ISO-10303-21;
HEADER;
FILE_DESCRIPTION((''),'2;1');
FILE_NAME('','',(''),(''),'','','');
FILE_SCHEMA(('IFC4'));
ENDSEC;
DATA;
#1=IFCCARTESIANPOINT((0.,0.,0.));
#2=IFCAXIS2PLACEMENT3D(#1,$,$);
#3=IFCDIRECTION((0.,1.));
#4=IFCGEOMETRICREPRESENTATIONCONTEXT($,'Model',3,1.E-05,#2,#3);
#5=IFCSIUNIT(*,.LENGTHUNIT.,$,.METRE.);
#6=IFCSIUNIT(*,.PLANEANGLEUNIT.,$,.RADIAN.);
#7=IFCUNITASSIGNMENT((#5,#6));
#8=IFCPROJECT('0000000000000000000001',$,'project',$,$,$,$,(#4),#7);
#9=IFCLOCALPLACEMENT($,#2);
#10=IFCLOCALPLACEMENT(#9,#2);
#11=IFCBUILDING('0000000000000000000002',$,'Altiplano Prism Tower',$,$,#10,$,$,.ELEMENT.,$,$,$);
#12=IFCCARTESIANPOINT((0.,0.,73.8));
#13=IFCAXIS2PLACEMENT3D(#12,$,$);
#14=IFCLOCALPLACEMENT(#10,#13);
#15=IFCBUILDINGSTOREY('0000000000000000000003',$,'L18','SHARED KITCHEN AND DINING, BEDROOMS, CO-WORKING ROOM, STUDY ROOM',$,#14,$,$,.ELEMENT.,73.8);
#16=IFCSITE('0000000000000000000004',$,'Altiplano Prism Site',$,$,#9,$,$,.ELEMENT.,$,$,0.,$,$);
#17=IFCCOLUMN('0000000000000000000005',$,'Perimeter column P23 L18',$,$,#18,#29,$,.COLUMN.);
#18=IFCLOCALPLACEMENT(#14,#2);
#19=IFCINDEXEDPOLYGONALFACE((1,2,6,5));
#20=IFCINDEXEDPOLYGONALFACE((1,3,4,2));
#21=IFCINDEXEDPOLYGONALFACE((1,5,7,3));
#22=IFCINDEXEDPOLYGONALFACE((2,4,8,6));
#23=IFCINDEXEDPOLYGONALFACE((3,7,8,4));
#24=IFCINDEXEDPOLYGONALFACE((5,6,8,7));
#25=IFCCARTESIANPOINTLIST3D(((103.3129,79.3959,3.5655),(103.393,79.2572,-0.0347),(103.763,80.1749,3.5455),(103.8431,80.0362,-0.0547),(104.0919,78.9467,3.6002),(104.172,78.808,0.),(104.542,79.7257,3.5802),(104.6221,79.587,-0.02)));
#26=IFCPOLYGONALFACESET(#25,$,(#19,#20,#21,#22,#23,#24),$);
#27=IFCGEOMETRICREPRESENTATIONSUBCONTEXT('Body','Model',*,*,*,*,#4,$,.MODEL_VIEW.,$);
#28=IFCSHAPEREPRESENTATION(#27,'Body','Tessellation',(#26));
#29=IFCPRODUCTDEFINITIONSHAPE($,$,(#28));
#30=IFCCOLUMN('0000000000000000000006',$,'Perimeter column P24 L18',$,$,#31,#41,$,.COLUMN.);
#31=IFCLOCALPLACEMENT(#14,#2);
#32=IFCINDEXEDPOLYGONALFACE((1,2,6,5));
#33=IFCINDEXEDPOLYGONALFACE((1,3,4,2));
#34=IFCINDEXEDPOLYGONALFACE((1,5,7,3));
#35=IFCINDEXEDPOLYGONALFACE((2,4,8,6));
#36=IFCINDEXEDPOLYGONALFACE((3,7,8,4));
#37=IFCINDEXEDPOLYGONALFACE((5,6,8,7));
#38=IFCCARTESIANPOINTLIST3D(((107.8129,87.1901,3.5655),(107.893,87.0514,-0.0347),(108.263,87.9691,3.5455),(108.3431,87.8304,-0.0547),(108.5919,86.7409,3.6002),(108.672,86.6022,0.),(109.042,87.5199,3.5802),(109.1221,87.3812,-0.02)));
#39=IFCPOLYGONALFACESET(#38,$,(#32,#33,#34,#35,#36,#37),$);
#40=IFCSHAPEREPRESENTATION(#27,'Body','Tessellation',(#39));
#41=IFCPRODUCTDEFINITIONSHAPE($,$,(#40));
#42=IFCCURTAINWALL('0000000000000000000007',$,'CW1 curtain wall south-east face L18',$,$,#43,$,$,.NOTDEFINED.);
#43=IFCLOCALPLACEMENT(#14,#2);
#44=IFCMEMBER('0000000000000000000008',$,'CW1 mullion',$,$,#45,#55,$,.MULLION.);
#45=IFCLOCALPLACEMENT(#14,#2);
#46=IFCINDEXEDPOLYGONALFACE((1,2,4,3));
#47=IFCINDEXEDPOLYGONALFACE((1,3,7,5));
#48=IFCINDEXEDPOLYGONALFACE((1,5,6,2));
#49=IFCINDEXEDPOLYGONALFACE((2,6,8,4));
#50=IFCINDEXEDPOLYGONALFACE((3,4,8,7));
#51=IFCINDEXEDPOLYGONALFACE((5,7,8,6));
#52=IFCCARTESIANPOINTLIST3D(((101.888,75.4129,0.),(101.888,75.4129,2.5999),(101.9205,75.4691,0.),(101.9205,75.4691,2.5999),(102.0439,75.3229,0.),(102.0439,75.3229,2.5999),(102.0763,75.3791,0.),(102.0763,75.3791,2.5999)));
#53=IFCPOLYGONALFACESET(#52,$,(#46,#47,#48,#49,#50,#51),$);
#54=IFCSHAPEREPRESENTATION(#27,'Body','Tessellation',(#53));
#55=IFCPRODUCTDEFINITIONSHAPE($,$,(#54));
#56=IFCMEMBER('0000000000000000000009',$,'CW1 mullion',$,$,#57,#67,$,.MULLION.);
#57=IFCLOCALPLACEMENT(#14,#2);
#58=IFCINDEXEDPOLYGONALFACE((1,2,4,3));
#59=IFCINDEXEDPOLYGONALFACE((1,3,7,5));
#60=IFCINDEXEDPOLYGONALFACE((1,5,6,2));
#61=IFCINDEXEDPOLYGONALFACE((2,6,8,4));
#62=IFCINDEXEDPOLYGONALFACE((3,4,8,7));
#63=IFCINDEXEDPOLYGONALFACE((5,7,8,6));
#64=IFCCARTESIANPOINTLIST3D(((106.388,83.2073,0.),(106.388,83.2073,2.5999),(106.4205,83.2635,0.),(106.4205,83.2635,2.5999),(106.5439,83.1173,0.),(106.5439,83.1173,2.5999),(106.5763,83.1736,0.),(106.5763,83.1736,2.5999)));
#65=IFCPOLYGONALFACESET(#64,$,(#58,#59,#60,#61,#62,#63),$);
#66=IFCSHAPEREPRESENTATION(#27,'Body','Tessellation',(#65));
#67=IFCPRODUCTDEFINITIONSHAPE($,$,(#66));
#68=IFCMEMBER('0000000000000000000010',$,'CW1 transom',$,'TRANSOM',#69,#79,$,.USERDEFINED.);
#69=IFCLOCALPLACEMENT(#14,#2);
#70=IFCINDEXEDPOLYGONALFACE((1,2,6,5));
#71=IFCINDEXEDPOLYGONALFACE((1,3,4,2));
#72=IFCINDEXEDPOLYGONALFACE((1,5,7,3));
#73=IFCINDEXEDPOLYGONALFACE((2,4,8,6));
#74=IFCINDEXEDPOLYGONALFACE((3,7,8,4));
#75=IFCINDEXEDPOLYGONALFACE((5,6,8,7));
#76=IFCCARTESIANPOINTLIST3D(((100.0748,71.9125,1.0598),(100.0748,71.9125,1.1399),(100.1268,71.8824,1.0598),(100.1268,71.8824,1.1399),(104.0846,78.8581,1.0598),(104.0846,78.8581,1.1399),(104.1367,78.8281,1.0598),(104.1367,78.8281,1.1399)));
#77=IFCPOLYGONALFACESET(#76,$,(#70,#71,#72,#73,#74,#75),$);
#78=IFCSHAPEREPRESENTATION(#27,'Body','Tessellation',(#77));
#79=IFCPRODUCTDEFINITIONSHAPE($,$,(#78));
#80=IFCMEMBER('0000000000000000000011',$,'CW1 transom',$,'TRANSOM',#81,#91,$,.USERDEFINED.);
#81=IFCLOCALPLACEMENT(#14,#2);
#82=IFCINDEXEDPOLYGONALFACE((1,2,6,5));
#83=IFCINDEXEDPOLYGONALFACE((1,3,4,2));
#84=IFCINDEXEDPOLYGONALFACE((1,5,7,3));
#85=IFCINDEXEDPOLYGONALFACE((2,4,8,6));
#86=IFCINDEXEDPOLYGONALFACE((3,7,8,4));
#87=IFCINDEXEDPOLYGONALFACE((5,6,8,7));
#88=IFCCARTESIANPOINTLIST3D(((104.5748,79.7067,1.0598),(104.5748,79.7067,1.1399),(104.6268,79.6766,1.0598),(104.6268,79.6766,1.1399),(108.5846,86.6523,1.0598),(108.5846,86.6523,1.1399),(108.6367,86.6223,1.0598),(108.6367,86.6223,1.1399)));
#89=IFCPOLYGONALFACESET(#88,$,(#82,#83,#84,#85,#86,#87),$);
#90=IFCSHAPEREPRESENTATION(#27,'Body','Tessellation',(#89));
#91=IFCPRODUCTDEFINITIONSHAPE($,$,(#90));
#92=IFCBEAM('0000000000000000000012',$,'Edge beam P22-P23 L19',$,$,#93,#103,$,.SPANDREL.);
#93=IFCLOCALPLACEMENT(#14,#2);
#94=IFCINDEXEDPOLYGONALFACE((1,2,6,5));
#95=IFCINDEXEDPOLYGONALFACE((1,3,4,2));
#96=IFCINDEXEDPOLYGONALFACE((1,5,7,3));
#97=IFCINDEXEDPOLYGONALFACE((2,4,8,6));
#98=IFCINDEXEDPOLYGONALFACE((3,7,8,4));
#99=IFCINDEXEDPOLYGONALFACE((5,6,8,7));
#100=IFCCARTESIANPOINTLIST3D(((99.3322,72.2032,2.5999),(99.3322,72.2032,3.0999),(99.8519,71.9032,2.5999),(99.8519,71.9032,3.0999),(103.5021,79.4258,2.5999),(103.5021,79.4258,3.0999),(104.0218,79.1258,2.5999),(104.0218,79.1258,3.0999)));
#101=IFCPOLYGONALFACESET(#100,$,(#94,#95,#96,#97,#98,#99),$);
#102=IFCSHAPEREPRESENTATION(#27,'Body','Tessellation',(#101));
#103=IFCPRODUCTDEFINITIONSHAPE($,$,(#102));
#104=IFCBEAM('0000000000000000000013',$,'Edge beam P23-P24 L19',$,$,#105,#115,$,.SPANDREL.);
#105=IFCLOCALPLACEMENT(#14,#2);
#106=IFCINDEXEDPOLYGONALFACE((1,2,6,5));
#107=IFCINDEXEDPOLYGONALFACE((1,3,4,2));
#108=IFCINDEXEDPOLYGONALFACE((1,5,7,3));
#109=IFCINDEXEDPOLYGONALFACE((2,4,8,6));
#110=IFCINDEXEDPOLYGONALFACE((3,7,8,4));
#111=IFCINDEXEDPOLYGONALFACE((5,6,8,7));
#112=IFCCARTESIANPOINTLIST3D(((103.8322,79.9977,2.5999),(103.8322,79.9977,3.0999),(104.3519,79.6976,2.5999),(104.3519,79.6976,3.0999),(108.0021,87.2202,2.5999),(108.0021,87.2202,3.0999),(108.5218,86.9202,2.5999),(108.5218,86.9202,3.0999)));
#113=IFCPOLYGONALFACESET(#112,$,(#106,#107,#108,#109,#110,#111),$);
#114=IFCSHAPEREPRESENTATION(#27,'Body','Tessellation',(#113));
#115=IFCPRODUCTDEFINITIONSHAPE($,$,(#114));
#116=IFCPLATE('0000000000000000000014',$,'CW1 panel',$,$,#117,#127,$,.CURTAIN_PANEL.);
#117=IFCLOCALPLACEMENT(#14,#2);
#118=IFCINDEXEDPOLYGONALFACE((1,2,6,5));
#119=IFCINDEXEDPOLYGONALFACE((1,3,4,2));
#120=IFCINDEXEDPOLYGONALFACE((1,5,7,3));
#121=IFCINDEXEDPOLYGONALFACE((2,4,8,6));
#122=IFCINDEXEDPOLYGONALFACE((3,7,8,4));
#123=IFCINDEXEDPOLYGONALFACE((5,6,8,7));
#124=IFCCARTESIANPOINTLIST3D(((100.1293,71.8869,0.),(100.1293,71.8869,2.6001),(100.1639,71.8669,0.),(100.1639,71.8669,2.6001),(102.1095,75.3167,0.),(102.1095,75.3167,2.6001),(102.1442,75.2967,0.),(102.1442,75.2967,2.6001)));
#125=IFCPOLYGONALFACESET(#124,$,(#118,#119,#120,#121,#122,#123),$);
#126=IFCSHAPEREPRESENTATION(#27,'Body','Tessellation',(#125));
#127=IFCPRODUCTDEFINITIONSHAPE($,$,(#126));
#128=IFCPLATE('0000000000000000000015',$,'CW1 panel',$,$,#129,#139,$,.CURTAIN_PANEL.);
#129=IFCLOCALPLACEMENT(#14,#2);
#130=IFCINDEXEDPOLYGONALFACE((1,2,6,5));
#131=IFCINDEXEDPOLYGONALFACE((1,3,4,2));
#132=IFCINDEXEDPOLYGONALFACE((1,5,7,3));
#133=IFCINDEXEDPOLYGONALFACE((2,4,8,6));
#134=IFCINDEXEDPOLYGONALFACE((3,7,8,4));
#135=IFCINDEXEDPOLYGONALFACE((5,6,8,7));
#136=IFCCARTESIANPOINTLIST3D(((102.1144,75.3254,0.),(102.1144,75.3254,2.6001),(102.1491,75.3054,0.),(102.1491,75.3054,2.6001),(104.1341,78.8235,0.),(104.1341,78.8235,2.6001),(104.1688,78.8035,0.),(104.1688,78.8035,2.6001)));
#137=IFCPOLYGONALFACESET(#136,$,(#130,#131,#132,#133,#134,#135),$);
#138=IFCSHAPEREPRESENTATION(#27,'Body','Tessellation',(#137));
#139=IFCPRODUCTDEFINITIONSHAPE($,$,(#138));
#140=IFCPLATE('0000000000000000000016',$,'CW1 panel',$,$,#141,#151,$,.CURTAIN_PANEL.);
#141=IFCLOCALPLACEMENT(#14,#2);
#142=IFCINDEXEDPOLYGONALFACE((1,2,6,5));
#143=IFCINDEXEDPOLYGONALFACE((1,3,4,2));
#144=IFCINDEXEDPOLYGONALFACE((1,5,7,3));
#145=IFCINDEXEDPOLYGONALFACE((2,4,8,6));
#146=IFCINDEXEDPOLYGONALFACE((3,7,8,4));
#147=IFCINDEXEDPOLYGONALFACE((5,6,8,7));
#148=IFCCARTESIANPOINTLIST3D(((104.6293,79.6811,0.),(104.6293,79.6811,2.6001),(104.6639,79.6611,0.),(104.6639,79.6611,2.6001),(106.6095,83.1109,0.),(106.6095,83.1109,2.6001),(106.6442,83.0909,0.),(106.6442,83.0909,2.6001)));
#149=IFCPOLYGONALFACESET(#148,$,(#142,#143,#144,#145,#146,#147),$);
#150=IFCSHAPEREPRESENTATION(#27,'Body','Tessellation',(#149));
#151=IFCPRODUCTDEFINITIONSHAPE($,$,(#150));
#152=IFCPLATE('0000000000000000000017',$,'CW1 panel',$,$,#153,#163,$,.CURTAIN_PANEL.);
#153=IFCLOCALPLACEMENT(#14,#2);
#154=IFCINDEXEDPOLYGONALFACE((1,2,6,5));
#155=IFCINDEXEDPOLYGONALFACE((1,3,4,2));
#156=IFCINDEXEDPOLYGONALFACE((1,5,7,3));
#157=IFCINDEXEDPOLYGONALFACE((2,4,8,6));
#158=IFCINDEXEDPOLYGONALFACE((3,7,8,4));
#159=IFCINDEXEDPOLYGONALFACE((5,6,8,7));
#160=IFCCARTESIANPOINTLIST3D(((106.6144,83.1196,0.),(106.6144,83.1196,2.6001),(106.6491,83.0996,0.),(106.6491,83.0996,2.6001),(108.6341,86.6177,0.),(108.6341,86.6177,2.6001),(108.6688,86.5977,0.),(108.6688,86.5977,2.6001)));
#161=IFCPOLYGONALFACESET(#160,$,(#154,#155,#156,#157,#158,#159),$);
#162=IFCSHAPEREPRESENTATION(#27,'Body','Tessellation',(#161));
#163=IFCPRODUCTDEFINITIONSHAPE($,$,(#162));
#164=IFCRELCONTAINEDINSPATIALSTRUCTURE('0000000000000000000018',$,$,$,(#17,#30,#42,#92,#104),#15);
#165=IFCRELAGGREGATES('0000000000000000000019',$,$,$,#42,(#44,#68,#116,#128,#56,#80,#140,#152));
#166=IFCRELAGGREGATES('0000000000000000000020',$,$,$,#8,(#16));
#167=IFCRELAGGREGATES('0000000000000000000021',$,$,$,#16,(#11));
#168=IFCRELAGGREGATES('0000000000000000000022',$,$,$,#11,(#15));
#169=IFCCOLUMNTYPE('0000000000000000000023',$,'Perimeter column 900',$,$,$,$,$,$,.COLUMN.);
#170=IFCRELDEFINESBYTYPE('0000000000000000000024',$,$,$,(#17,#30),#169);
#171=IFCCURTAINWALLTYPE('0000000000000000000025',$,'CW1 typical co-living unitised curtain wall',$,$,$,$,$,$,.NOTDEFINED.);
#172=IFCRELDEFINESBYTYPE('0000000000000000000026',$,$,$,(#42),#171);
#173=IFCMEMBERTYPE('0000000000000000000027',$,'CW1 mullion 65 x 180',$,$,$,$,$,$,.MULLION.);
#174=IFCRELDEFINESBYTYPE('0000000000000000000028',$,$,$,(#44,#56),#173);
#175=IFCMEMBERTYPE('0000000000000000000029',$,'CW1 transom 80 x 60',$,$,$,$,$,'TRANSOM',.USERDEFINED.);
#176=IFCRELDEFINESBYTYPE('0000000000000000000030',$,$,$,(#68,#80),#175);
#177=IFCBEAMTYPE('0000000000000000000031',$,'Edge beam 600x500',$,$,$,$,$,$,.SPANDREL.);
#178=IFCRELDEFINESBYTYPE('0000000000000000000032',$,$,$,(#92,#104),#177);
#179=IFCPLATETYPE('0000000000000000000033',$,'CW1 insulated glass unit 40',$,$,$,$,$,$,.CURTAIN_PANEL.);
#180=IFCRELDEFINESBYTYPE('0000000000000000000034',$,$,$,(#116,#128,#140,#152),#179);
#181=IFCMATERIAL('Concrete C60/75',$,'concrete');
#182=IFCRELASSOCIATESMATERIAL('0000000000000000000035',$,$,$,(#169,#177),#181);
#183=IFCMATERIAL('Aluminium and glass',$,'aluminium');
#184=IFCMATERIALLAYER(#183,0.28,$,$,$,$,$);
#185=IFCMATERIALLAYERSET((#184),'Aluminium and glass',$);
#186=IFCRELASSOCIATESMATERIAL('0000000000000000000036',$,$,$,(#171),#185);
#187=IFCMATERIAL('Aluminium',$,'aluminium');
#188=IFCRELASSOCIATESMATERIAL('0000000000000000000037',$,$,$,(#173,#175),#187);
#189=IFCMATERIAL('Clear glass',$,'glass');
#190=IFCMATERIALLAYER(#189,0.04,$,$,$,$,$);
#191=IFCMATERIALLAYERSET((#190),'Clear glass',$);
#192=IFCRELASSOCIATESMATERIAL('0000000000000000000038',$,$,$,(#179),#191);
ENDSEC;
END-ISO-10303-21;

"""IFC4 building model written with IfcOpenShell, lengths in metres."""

from ifc_helpers import new_model, si_unit, direction, frame, origin, origin_2d, place, context, subcontext, project, spatial, rectangle, extrude, material, layer, layer_set, material_profile, profile_set, type_object, element, aggregate, save


model = new_model("IFC4")

# Units and contexts
model_context = context("Model", 3, precision=1e-05, world=origin(), true_north=direction((0.0, 1.0)))
body_context = subcontext(model_context, "Body", "Model", "MODEL_VIEW")
ifc_project = project(units=[si_unit("LENGTHUNIT", "METRE"), si_unit("PLANEANGLEUNIT", "RADIAN")], contexts=[model_context])

# Site, building, storey
site_placement = place(None, origin())
site = spatial("IfcSite", under=ifc_project, at=site_placement, Name="Altiplano Prism Site", CompositionType="ELEMENT", RefElevation=0.0)
building_placement = place(site_placement, origin())
building = spatial("IfcBuilding", under=site, at=building_placement, Name="Altiplano Prism Tower", CompositionType="ELEMENT")
storey_placement = place(building_placement, frame((0.0, 0.0, 73.8)))
storey = spatial("IfcBuildingStorey", under=building, at=storey_placement, Name="L18", Description="SHARED KITCHEN AND DINING, BEDROOMS, CO-WORKING ROOM, STUDY ROOM", CompositionType="ELEMENT", Elevation=73.8)

# Columns
ifc_material_1 = material(Name="Concrete C60/75", Category="concrete")
ifc_material_profile_1 = material_profile(ifc_material_1, rectangle(XDim=0.8999, YDim=0.8999, at=origin_2d()), Name="Perimeter column 900")
ifc_profile_set_1 = profile_set([ifc_material_profile_1], Name="Concrete C60/75")
column_type = type_object("IfcColumnType", Name="Perimeter column 900", PredefinedType="COLUMN", material=ifc_profile_set_1)
for number, where, z_axis, x_axis, name in (
    (1, (104.0076, 79.4221, -0.0273), (-0.022221, 0.038481, 0.999012), (-0.500175, -0.86564, 0.022218), "Perimeter column P23 L18"),
    (2, (108.5076, 87.2163, -0.0273), (-0.022221, 0.038481, 0.999012), (-0.500175, -0.86564, 0.022218), "Perimeter column P24 L18"),
):
    element("IfcColumn", number, at=place(storey_placement, frame(where, z_axis=z_axis, x_axis=x_axis)), inside=storey, type_object=column_type, Name=name, PredefinedType="COLUMN", context=body_context, shape_type="SweptSolid", body=[
        extrude(rectangle(XDim=0.8999, YDim=0.8999, at=origin_2d()), origin(), (0.0, 0.0, 1.0), 3.6038),
    ])

# Curtain wall, members
ifc_material_2 = material(Name="Aluminium and glass", Category="aluminium")
ifc_layer_1 = layer(ifc_material_2, 0.28)
ifc_layer_set_1 = layer_set([ifc_layer_1], Name="Aluminium and glass")
curtain_wall_type = type_object("IfcCurtainWallType", Name="CW1 typical co-living unitised curtain wall", PredefinedType="NOTDEFINED", material=ifc_layer_set_1)
curtain_wall_placement = place(storey_placement, origin())
curtain_wall = element("IfcCurtainWall", 3, at=curtain_wall_placement, inside=storey, type_object=curtain_wall_type, Name="CW1 curtain wall south-east face L18", PredefinedType="NOTDEFINED")
ifc_material_3 = material(Name="Aluminium", Category="aluminium")
ifc_material_profile_2 = material_profile(ifc_material_3, rectangle(XDim=0.1799, YDim=0.0649, at=origin_2d()), Name="CW1 mullion 65 x 180")
ifc_profile_set_2 = profile_set([ifc_material_profile_2], Name="Aluminium")
member_type_1 = type_object("IfcMemberType", Name="CW1 mullion 65 x 180", PredefinedType="MULLION", material=ifc_profile_set_2)
member_1_placement = place(storey_placement, frame((101.9822, 75.396, 0.0), z_axis=(0.0, 0.0, 1.0), x_axis=(-0.866025, 0.5, 0.0)))
member_1 = element("IfcMember", 4, at=member_1_placement, type_object=member_type_1, Name="CW1 mullion", PredefinedType="MULLION", context=body_context, shape_type="SweptSolid", body=[
    extrude(rectangle(XDim=0.1799, YDim=0.0649, at=origin_2d()), origin(), (0.0, 0.0, 1.0), 2.5999),
])
member_2_placement = place(storey_placement, frame((106.4822, 83.1904, 0.0), z_axis=(0.0, 0.0, 1.0), x_axis=(-0.866025, 0.5, 0.0)))
member_2 = element("IfcMember", 5, at=member_2_placement, type_object=member_type_1, Name="CW1 mullion", PredefinedType="MULLION", context=body_context, shape_type="SweptSolid", body=[
    extrude(rectangle(XDim=0.1799, YDim=0.0649, at=origin_2d()), origin(), (0.0, 0.0, 1.0), 2.5999),
])
ifc_material_profile_3 = material_profile(ifc_material_3, rectangle(XDim=0.0601, YDim=0.0801, at=origin_2d()), Name="CW1 transom 80 x 60")
ifc_profile_set_3 = profile_set([ifc_material_profile_3], Name="Aluminium")
member_type_2 = type_object("IfcMemberType", Name="CW1 transom 80 x 60", ElementType="TRANSOM", PredefinedType="USERDEFINED", material=ifc_profile_set_3)
member_3_placement = place(storey_placement, frame((100.1008, 71.8975, 1.0999), z_axis=(0.499976, 0.866039, 0.0), x_axis=(-0.866039, 0.499976, 0.0)))
member_3 = element("IfcMember", 6, at=member_3_placement, type_object=member_type_2, Name="CW1 transom", ObjectType="TRANSOM", PredefinedType="USERDEFINED", context=body_context, shape_type="SweptSolid", body=[
    extrude(rectangle(XDim=0.0601, YDim=0.0801, at=origin_2d()), origin(), (0.0, 0.0, 1.0), 8.02),
])
member_4_placement = place(storey_placement, frame((104.6008, 79.6917, 1.0999), z_axis=(0.499976, 0.866039, 0.0), x_axis=(-0.866039, 0.499976, 0.0)))
member_4 = element("IfcMember", 7, at=member_4_placement, type_object=member_type_2, Name="CW1 transom", ObjectType="TRANSOM", PredefinedType="USERDEFINED", context=body_context, shape_type="SweptSolid", body=[
    extrude(rectangle(XDim=0.0601, YDim=0.0801, at=origin_2d()), origin(), (0.0, 0.0, 1.0), 8.02),
])

# Beams
ifc_material_profile_4 = material_profile(ifc_material_1, rectangle(XDim=0.6001, YDim=0.5, at=origin_2d()), Name="Edge beam 600x500")
ifc_profile_set_4 = profile_set([ifc_material_profile_4], Name="Concrete C60/75")
beam_type = type_object("IfcBeamType", Name="Edge beam 600x500", PredefinedType="SPANDREL", material=ifc_profile_set_4)
for number, where, z_axis, x_axis, name in (
    (8, (99.592, 72.0532, 2.8499), (0.499993, 0.86603, 0.0), (-0.86603, 0.499993, 0.0), "Edge beam P22-P23 L19"),
    (9, (104.092, 79.8477, 2.8499), (0.499993, 0.86603, 0.0), (-0.86603, 0.499993, 0.0), "Edge beam P23-P24 L19"),
):
    element("IfcBeam", number, at=place(storey_placement, frame(where, z_axis=z_axis, x_axis=x_axis)), inside=storey, type_object=beam_type, Name=name, PredefinedType="SPANDREL", context=body_context, shape_type="SweptSolid", body=[
        extrude(rectangle(XDim=0.6001, YDim=0.5, at=origin_2d()), origin(), (0.0, 0.0, 1.0), 8.3398),
    ])

# Plates
ifc_material_4 = material(Name="Clear glass", Category="glass")
ifc_layer_2 = layer(ifc_material_4, 0.04)
ifc_layer_set_2 = layer_set([ifc_layer_2], Name="Clear glass")
plate_type = type_object("IfcPlateType", Name="CW1 insulated glass unit 40", PredefinedType="CURTAIN_PANEL", material=ifc_layer_set_2)
plate_1_placement = place(storey_placement, frame((101.1367, 73.5918, 0.0), z_axis=(0.0, 0.0, 1.0), x_axis=(0.5, 0.866025, 0.0)))
plate_1 = element("IfcPlate", 10, at=plate_1_placement, type_object=plate_type, Name="CW1 panel", PredefinedType="CURTAIN_PANEL", context=body_context, shape_type="SweptSolid", body=[
    extrude(rectangle(XDim=3.9604, YDim=0.04, at=origin_2d()), origin(), (0.0, 0.0, 1.0), 2.6001),
])
plate_2_placement = place(storey_placement, frame((103.1416, 77.0645, 0.0), z_axis=(0.0, 0.0, 1.0), x_axis=(0.5, 0.866025, 0.0)))
plate_2 = element("IfcPlate", 11, at=plate_2_placement, type_object=plate_type, Name="CW1 panel", PredefinedType="CURTAIN_PANEL", context=body_context, shape_type="SweptSolid", body=[
    extrude(rectangle(XDim=4.0393, YDim=0.04, at=origin_2d()), origin(), (0.0, 0.0, 1.0), 2.6001),
])
plate_3_placement = place(storey_placement, frame((105.6367, 81.386, 0.0), z_axis=(0.0, 0.0, 1.0), x_axis=(0.5, 0.866025, 0.0)))
plate_3 = element("IfcPlate", 12, at=plate_3_placement, type_object=plate_type, Name="CW1 panel", PredefinedType="CURTAIN_PANEL", context=body_context, shape_type="SweptSolid", body=[
    extrude(rectangle(XDim=3.9604, YDim=0.04, at=origin_2d()), origin(), (0.0, 0.0, 1.0), 2.6001),
])
plate_4_placement = place(storey_placement, frame((107.6416, 84.8586, 0.0), z_axis=(0.0, 0.0, 1.0), x_axis=(0.5, 0.866025, 0.0)))
plate_4 = element("IfcPlate", 13, at=plate_4_placement, type_object=plate_type, Name="CW1 panel", PredefinedType="CURTAIN_PANEL", context=body_context, shape_type="SweptSolid", body=[
    extrude(rectangle(XDim=4.0393, YDim=0.04, at=origin_2d()), origin(), (0.0, 0.0, 1.0), 2.6001),
])
aggregate(curtain_wall, [member_1, member_3, plate_1, plate_2, member_2, member_4, plate_3, plate_4])

save(model, "model.ifc")
